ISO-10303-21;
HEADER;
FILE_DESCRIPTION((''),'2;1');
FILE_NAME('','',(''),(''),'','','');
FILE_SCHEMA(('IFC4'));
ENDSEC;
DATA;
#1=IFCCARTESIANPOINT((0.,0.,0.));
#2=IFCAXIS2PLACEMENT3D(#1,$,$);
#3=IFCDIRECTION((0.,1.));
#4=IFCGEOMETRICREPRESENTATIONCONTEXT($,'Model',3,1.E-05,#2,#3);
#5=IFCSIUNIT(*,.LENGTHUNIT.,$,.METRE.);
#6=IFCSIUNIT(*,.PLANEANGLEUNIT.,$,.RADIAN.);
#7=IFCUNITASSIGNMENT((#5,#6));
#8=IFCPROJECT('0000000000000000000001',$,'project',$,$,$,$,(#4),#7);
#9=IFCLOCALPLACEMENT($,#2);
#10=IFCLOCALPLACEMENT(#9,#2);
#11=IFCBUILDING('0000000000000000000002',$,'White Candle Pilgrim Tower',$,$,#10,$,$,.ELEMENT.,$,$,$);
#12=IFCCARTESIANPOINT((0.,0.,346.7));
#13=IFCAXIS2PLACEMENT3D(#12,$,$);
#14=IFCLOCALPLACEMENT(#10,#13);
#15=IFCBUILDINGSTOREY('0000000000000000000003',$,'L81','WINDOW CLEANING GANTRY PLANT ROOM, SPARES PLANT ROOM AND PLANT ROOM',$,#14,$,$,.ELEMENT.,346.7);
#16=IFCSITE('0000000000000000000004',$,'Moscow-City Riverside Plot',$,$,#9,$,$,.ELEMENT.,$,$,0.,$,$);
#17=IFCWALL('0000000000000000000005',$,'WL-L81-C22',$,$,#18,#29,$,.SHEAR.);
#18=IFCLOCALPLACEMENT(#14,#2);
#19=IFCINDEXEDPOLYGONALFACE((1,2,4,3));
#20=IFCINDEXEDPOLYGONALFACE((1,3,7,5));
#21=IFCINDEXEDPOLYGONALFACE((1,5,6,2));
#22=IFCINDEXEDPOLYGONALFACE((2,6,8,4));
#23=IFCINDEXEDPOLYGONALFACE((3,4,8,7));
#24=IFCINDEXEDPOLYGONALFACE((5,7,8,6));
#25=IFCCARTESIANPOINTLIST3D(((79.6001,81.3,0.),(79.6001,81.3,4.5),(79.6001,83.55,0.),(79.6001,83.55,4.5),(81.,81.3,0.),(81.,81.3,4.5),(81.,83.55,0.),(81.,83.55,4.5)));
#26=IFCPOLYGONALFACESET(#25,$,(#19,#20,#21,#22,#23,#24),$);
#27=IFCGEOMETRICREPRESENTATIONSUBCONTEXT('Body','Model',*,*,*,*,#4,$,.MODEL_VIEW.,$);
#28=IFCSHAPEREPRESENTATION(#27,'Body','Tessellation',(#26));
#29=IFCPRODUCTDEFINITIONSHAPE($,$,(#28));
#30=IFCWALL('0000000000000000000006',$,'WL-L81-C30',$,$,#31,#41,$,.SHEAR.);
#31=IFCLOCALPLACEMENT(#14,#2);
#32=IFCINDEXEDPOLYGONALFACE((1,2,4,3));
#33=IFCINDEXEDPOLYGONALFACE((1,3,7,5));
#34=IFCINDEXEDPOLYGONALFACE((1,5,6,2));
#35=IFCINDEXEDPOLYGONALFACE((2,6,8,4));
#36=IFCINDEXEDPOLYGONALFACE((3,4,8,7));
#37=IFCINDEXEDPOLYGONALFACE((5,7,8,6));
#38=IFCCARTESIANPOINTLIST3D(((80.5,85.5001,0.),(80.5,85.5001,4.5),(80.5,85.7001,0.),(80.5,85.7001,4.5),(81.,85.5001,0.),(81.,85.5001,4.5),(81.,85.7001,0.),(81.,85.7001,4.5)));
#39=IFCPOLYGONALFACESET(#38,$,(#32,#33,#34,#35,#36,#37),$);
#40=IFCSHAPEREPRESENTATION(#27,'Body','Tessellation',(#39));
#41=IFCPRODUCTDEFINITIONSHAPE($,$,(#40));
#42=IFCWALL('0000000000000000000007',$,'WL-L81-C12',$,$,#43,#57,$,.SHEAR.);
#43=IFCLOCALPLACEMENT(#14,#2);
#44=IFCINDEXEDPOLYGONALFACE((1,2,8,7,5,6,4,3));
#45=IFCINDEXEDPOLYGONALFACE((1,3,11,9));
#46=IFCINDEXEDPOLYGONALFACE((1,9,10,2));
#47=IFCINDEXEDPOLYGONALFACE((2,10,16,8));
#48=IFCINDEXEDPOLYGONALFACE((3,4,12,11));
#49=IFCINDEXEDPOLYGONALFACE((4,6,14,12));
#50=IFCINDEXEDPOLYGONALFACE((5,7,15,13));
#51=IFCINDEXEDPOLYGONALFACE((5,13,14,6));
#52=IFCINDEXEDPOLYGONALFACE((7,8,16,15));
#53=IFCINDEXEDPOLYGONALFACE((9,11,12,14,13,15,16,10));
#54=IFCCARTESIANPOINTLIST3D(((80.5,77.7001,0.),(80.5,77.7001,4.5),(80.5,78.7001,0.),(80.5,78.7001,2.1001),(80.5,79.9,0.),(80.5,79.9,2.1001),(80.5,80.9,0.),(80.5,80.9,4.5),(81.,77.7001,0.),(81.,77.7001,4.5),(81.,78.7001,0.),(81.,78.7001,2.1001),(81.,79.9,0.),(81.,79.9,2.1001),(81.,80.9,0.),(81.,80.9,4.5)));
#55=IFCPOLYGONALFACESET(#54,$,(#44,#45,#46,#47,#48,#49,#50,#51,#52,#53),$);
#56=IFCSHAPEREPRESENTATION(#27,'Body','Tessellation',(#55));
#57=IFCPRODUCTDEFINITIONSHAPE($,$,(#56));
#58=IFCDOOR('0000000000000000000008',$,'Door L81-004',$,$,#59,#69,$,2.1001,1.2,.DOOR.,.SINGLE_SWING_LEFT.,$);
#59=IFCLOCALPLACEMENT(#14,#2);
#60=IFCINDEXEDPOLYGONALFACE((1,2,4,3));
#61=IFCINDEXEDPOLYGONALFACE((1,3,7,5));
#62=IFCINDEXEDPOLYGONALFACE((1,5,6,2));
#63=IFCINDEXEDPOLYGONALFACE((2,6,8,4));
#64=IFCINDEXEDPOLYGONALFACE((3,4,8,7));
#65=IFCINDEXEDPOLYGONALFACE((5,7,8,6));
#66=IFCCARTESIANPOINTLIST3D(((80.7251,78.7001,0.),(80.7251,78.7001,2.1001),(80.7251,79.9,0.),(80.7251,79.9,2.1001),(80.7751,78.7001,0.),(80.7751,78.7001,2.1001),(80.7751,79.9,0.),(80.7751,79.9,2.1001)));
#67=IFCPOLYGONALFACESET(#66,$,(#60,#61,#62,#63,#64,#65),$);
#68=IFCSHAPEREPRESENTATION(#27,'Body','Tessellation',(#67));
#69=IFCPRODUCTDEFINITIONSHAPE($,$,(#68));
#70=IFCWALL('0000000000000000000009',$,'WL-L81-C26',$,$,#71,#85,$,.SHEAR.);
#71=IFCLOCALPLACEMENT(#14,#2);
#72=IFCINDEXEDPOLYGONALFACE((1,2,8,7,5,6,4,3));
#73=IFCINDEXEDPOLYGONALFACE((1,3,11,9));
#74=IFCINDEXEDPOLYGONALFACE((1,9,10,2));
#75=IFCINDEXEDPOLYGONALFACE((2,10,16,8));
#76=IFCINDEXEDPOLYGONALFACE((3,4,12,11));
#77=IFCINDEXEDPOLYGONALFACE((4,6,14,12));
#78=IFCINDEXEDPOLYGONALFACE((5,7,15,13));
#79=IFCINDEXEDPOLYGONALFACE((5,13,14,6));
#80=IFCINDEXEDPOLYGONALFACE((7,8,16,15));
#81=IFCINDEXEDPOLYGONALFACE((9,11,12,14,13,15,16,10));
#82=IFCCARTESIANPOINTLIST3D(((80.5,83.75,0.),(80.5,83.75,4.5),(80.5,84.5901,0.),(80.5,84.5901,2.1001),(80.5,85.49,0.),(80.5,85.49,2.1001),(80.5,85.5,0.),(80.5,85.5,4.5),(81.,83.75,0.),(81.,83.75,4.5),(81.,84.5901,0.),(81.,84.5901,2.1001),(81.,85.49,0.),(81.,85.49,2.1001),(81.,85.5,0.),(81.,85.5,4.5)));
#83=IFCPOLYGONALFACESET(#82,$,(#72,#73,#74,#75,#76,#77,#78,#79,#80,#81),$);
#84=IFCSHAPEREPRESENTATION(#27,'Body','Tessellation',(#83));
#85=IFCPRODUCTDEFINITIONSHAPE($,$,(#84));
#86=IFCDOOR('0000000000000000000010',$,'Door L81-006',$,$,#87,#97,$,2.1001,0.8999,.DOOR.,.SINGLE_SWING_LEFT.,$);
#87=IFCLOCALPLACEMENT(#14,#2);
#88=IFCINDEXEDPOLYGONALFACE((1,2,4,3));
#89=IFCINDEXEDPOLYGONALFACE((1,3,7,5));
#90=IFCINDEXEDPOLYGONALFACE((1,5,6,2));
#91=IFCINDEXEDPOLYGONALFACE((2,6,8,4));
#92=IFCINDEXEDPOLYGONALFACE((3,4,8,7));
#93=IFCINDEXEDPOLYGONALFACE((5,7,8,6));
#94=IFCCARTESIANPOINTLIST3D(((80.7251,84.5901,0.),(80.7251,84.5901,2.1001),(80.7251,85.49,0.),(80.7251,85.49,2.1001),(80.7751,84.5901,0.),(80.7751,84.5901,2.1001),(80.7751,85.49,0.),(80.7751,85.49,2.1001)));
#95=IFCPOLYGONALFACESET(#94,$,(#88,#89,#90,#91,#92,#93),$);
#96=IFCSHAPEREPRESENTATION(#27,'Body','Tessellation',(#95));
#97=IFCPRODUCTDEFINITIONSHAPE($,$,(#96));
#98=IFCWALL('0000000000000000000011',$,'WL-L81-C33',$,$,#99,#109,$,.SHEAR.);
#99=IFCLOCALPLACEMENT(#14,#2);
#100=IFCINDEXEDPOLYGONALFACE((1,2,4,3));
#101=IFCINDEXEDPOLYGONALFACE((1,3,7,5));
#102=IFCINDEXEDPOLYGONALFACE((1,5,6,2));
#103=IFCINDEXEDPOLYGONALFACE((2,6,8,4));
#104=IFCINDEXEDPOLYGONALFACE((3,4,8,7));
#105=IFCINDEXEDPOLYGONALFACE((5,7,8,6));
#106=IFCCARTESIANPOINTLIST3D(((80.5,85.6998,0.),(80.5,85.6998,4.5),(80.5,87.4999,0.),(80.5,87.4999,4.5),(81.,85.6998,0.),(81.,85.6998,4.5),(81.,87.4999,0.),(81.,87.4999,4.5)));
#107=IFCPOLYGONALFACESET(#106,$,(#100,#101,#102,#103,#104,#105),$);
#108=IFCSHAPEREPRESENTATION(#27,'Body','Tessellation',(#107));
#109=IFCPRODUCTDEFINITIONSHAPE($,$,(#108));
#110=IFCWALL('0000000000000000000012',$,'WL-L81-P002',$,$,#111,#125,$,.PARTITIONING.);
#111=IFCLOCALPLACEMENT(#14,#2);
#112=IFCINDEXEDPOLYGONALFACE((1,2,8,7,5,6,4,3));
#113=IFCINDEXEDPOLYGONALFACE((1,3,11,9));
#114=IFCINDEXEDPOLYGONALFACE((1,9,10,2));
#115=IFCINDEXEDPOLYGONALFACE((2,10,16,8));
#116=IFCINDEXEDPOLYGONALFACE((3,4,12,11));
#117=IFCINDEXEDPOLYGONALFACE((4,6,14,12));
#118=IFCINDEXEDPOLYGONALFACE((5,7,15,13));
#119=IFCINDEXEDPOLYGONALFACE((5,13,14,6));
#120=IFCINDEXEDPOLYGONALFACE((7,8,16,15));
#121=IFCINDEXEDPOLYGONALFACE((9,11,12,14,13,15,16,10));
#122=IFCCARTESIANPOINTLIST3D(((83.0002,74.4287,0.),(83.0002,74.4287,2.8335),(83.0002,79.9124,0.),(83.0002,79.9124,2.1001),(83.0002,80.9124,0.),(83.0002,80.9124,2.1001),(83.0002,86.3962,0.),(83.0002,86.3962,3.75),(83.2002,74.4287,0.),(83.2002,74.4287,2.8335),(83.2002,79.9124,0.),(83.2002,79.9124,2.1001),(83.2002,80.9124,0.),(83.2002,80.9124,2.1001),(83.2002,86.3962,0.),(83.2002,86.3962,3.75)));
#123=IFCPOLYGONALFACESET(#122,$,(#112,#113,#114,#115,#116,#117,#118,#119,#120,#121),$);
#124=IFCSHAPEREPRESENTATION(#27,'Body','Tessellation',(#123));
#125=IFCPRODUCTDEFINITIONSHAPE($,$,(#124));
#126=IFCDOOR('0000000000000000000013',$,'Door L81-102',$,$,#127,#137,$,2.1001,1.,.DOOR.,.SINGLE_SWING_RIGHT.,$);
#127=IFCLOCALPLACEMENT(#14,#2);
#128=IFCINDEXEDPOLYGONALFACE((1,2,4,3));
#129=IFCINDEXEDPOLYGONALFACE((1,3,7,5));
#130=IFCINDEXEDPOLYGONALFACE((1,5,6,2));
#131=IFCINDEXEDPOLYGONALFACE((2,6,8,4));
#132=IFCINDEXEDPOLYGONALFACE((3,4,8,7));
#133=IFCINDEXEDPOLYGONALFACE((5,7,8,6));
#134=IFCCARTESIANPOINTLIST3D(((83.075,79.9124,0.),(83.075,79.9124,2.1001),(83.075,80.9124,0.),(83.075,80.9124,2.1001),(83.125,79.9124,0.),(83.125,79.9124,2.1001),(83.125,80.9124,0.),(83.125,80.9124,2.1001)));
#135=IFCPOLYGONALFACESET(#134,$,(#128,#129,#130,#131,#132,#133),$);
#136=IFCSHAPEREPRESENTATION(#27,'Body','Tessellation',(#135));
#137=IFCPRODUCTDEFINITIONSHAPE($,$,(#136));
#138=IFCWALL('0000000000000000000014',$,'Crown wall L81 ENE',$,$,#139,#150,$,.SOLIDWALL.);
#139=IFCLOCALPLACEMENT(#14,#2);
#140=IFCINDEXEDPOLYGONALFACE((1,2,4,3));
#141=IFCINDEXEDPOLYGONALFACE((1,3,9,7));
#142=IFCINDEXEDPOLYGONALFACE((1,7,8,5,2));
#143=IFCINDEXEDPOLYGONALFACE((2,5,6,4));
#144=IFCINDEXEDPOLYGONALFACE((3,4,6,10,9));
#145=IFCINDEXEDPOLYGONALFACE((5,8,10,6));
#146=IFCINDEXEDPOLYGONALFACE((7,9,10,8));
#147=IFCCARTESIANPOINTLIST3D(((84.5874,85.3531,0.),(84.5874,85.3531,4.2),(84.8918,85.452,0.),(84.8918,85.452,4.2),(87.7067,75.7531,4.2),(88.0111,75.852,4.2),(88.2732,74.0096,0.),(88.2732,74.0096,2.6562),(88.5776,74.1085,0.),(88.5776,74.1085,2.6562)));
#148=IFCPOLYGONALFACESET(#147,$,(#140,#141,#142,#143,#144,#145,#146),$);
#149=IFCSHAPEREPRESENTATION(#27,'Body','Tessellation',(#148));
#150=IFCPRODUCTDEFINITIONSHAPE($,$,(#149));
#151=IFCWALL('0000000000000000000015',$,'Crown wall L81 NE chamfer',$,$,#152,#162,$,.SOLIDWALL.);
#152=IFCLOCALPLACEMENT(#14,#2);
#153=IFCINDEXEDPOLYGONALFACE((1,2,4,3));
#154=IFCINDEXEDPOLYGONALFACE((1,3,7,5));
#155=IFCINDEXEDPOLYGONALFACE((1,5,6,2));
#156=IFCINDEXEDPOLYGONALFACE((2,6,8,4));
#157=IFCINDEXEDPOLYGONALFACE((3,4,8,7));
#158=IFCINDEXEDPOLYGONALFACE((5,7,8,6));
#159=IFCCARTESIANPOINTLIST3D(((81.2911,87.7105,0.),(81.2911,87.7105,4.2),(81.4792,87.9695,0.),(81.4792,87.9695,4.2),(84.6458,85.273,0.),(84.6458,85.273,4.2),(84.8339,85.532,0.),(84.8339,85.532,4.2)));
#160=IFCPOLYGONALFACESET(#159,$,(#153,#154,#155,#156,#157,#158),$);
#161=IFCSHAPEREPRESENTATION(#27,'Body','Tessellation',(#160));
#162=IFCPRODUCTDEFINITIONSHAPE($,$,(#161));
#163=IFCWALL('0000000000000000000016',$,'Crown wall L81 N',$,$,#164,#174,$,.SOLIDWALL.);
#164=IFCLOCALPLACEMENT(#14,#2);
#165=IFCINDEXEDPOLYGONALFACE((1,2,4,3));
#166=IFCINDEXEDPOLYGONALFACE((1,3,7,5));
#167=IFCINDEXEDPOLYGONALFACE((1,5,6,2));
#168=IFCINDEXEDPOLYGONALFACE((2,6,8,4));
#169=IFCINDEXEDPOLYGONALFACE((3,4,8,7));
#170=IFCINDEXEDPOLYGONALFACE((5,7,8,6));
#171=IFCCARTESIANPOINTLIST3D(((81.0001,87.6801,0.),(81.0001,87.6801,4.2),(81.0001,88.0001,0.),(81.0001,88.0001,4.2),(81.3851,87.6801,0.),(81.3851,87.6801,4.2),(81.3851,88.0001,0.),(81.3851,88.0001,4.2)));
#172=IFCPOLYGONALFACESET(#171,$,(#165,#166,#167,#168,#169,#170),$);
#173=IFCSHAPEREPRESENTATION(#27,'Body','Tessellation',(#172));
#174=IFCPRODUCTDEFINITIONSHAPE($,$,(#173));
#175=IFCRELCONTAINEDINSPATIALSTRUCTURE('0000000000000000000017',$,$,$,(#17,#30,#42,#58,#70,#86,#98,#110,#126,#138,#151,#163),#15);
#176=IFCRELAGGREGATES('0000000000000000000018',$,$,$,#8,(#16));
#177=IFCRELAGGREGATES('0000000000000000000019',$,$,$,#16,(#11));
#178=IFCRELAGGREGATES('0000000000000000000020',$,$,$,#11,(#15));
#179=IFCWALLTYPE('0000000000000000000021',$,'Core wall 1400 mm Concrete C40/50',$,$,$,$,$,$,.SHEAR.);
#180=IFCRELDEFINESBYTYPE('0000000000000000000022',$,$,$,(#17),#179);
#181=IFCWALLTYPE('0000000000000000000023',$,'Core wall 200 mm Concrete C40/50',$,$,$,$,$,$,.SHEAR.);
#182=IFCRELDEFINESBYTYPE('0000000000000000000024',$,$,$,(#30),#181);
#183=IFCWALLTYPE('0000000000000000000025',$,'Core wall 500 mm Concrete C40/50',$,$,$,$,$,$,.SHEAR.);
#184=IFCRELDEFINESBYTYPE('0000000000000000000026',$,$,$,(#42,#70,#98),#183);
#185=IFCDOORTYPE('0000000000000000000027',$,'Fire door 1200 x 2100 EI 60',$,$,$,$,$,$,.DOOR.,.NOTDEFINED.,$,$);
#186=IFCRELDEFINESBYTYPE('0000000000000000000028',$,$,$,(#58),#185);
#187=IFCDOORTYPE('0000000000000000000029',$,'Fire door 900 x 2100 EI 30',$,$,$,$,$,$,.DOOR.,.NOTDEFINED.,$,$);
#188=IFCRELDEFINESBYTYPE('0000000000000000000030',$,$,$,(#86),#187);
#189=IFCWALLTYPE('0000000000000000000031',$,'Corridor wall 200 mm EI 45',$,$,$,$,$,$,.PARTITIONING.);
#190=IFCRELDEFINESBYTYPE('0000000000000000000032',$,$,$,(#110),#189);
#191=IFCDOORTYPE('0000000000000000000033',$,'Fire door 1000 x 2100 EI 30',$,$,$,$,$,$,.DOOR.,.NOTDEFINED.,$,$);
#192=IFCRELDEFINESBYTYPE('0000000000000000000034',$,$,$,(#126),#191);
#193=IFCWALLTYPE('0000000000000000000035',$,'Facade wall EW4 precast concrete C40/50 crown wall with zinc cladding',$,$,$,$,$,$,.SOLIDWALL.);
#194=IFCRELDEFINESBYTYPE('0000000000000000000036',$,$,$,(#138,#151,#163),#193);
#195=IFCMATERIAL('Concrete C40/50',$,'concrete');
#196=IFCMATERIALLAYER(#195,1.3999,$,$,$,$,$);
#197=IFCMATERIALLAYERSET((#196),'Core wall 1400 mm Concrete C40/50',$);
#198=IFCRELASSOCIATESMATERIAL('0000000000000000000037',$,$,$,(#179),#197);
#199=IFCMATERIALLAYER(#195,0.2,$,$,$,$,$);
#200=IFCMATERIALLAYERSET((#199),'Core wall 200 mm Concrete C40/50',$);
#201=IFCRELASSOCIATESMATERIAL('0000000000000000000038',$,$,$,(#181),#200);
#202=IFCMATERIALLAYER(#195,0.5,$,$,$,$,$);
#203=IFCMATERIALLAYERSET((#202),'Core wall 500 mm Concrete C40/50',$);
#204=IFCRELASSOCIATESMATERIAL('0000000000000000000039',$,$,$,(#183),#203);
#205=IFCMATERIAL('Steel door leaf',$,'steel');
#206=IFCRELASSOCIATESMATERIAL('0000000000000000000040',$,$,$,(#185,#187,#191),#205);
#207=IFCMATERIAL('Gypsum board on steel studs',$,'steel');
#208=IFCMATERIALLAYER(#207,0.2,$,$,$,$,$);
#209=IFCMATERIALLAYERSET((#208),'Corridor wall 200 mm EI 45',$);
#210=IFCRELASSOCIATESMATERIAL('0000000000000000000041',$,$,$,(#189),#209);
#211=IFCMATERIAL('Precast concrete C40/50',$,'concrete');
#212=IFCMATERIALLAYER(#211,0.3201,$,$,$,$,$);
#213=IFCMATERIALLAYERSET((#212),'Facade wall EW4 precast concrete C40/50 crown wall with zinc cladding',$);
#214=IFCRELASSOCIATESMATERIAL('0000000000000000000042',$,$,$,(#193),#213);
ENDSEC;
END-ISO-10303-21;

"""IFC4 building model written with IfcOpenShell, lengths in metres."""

from ifc_helpers import new_model, si_unit, direction, frame, frame_2d, origin, place, context, subcontext, project, spatial, polyline, rectangle, outline, extrude, material, layer, layer_set, type_object, element, fill, save


model = new_model("IFC4")

# Units and contexts
model_context = context("Model", 3, precision=1e-05, world=origin(), true_north=direction((0.0, 1.0)))
body_context = subcontext(model_context, "Body", "Model", "MODEL_VIEW")
ifc_project = project(units=[si_unit("LENGTHUNIT", "METRE"), si_unit("PLANEANGLEUNIT", "RADIAN")], contexts=[model_context])

# Site, building, storey
site_placement = place(None, origin())
site = spatial("IfcSite", under=ifc_project, at=site_placement, Name="Moscow-City Riverside Plot", CompositionType="ELEMENT", RefElevation=0.0)
building_placement = place(site_placement, origin())
building = spatial("IfcBuilding", under=site, at=building_placement, Name="White Candle Pilgrim Tower", CompositionType="ELEMENT")
storey_placement = place(building_placement, frame((0.0, 0.0, 346.7)))
storey = spatial("IfcBuildingStorey", under=building, at=storey_placement, Name="L81", Description="WINDOW CLEANING GANTRY PLANT ROOM, SPARES PLANT ROOM AND PLANT ROOM", CompositionType="ELEMENT", Elevation=346.7)

# Walls
ifc_material_1 = material(Name="Concrete C40/50", Category="concrete")
ifc_layer_1 = layer(ifc_material_1, 1.3999)
ifc_layer_set_1 = layer_set([ifc_layer_1], Name="Core wall 1400 mm Concrete C40/50")
wall_type_1 = type_object("IfcWallType", Name="Core wall 1400 mm Concrete C40/50", PredefinedType="SHEAR", material=ifc_layer_set_1)
wall_1_placement = place(storey_placement, frame((80.3, 81.3, 0.0), z_axis=(0.0, 0.0, 1.0), x_axis=(0.0, 1.0, 0.0)))
element("IfcWall", 1, at=wall_1_placement, inside=storey, type_object=wall_type_1, Name="WL-L81-C22", PredefinedType="SHEAR", context=body_context, shape_type="SweptSolid", body=[
    extrude(rectangle(XDim=2.25, YDim=1.3999, at=frame_2d((1.125, 0.0))), origin(), (0.0, 0.0, 1.0), 4.5),
])
ifc_layer_2 = layer(ifc_material_1, 0.2)
ifc_layer_set_2 = layer_set([ifc_layer_2], Name="Core wall 200 mm Concrete C40/50")
wall_type_2 = type_object("IfcWallType", Name="Core wall 200 mm Concrete C40/50", PredefinedType="SHEAR", material=ifc_layer_set_2)
wall_2_placement = place(storey_placement, frame((80.5, 85.6001, 0.0), z_axis=(0.0, 0.0, 1.0), x_axis=(1.0, 0.0, 0.0)))
element("IfcWall", 2, at=wall_2_placement, inside=storey, type_object=wall_type_2, Name="WL-L81-C30", PredefinedType="SHEAR", context=body_context, shape_type="SweptSolid", body=[
    extrude(rectangle(XDim=0.5, YDim=0.2, at=frame_2d((0.25, 0.0))), origin(), (0.0, 0.0, 1.0), 4.5),
])

# Walls, openings, doors
ifc_layer_3 = layer(ifc_material_1, 0.5)
ifc_layer_set_3 = layer_set([ifc_layer_3], Name="Core wall 500 mm Concrete C40/50")
wall_type_3 = type_object("IfcWallType", Name="Core wall 500 mm Concrete C40/50", PredefinedType="SHEAR", material=ifc_layer_set_3)
wall_3_placement = place(storey_placement, frame((80.75, 77.7, 0.0), z_axis=(0.0, 0.0, 1.0), x_axis=(0.0, 1.0, 0.0)))
wall_3 = element("IfcWall", 3, at=wall_3_placement, inside=storey, type_object=wall_type_3, Name="WL-L81-C12", PredefinedType="SHEAR", context=body_context, shape_type="SweptSolid", body=[
    extrude(rectangle(XDim=3.2, YDim=0.5, at=frame_2d((1.6001, 0.0))), origin(), (0.0, 0.0, 1.0), 4.5),
])
opening_1_placement = place(wall_3_placement, frame((1.0, 0.0, 0.0)))
opening_1 = element("IfcOpeningElement", 4, at=opening_1_placement, cuts=wall_3, PredefinedType="OPENING", context=body_context, shape_type="SweptSolid", body=[
    extrude(rectangle(XDim=1.2, YDim=2.1001, at=frame_2d((0.6001, 1.05))), frame((0.0, 0.26, 0.0), z_axis=(0.0, -1.0, 0.0), x_axis=(1.0, 0.0, 0.0)), (0.0, 0.0, 1.0), 0.52),
])
ifc_material_2 = material(Name="Steel door leaf", Category="steel")
door_type_1 = type_object("IfcDoorType", Name="Fire door 1200 x 2100 EI 60", OperationType="NOTDEFINED", PredefinedType="DOOR", material=ifc_material_2)
door_1_placement = place(opening_1_placement, origin())
door_1 = element("IfcDoor", 5, at=door_1_placement, inside=storey, type_object=door_type_1, Name="Door L81-004", OperationType="SINGLE_SWING_LEFT", OverallHeight=2.1001, OverallWidth=1.2, PredefinedType="DOOR", context=body_context, shape_type="SweptSolid", body=[
    extrude(rectangle(XDim=1.2, YDim=2.1001, at=frame_2d((0.6001, 1.05))), frame((0.0, 0.0249, 0.0), z_axis=(0.0, -1.0, 0.0), x_axis=(1.0, 0.0, 0.0)), (0.0, 0.0, 1.0), 0.05),
])
fill(opening_1, door_1)
wall_4_placement = place(storey_placement, frame((80.75, 83.75, 0.0), z_axis=(0.0, 0.0, 1.0), x_axis=(0.0, 1.0, 0.0)))
wall_4 = element("IfcWall", 6, at=wall_4_placement, inside=storey, type_object=wall_type_3, Name="WL-L81-C26", PredefinedType="SHEAR", context=body_context, shape_type="SweptSolid", body=[
    extrude(rectangle(XDim=1.75, YDim=0.5, at=frame_2d((0.875, 0.0))), origin(), (0.0, 0.0, 1.0), 4.5),
])
opening_2_placement = place(wall_4_placement, frame((0.8401, 0.0, 0.0)))
opening_2 = element("IfcOpeningElement", 7, at=opening_2_placement, cuts=wall_4, PredefinedType="OPENING", context=body_context, shape_type="SweptSolid", body=[
    extrude(rectangle(XDim=0.8999, YDim=2.1001, at=frame_2d((0.45, 1.05))), frame((0.0, 0.26, 0.0), z_axis=(0.0, -1.0, 0.0), x_axis=(1.0, 0.0, 0.0)), (0.0, 0.0, 1.0), 0.52),
])
door_type_2 = type_object("IfcDoorType", Name="Fire door 900 x 2100 EI 30", OperationType="NOTDEFINED", PredefinedType="DOOR", material=ifc_material_2)
door_2_placement = place(opening_2_placement, origin())
door_2 = element("IfcDoor", 8, at=door_2_placement, inside=storey, type_object=door_type_2, Name="Door L81-006", OperationType="SINGLE_SWING_LEFT", OverallHeight=2.1001, OverallWidth=0.8999, PredefinedType="DOOR", context=body_context, shape_type="SweptSolid", body=[
    extrude(rectangle(XDim=0.8999, YDim=2.1001, at=frame_2d((0.45, 1.05))), frame((0.0, 0.0249, 0.0), z_axis=(0.0, -1.0, 0.0), x_axis=(1.0, 0.0, 0.0)), (0.0, 0.0, 1.0), 0.05),
])
fill(opening_2, door_2)

# Wall
wall_5_placement = place(storey_placement, frame((80.75, 85.7, 0.0), z_axis=(0.0, 0.0, 1.0), x_axis=(0.0, 1.0, 0.0)))
element("IfcWall", 9, at=wall_5_placement, inside=storey, type_object=wall_type_3, Name="WL-L81-C33", PredefinedType="SHEAR", context=body_context, shape_type="SweptSolid", body=[
    extrude(rectangle(XDim=1.8, YDim=0.5, at=frame_2d((0.8999, 0.0))), origin(), (0.0, 0.0, 1.0), 4.5),
])

# Wall, opening, door
ifc_material_3 = material(Name="Gypsum board on steel studs", Category="steel")
ifc_layer_4 = layer(ifc_material_3, 0.2)
ifc_layer_set_4 = layer_set([ifc_layer_4], Name="Corridor wall 200 mm EI 45")
wall_type_4 = type_object("IfcWallType", Name="Corridor wall 200 mm EI 45", PredefinedType="PARTITIONING", material=ifc_layer_set_4)
wall_6_placement = place(storey_placement, frame((83.1001, 86.3962, 0.0), z_axis=(0.0, 0.0, 1.0), x_axis=(0.0, -1.0, 0.0)))
wall_6 = element("IfcWall", 10, at=wall_6_placement, inside=storey, type_object=wall_type_4, Name="WL-L81-P002", PredefinedType="PARTITIONING", context=body_context, shape_type="SweptSolid", body=[
    extrude(outline(polyline([(0.0, 0.0), (11.9675, 0.0), (11.9675, 2.8335), (0.0, 3.75), (0.0, 0.0)])), frame((0.0, 0.1001, 0.0), z_axis=(0.0, -1.0, 0.0), x_axis=(1.0, 0.0, 0.0)), (0.0, 0.0, 1.0), 0.2),
])
opening_3_placement = place(wall_6_placement, frame((5.4839, 0.0, 0.0)))
opening_3 = element("IfcOpeningElement", 11, at=opening_3_placement, cuts=wall_6, PredefinedType="OPENING", context=body_context, shape_type="SweptSolid", body=[
    extrude(rectangle(XDim=1.0, YDim=2.1001, at=frame_2d((0.5, 1.05))), frame((0.0, 0.1099, 0.0), z_axis=(0.0, -1.0, 0.0), x_axis=(1.0, 0.0, 0.0)), (0.0, 0.0, 1.0), 0.22),
])
door_type_3 = type_object("IfcDoorType", Name="Fire door 1000 x 2100 EI 30", OperationType="NOTDEFINED", PredefinedType="DOOR", material=ifc_material_2)
door_3_placement = place(opening_3_placement, origin())
door_3 = element("IfcDoor", 12, at=door_3_placement, inside=storey, type_object=door_type_3, Name="Door L81-102", OperationType="SINGLE_SWING_RIGHT", OverallHeight=2.1001, OverallWidth=1.0, PredefinedType="DOOR", context=body_context, shape_type="SweptSolid", body=[
    extrude(rectangle(XDim=1.0, YDim=2.1001, at=frame_2d((0.5, 1.05))), frame((0.0, 0.0249, 0.0), z_axis=(0.0, -1.0, 0.0), x_axis=(1.0, 0.0, 0.0)), (0.0, 0.0, 1.0), 0.05),
])
fill(opening_3, door_3)

# Walls
ifc_material_4 = material(Name="Precast concrete C40/50", Category="concrete")
ifc_layer_5 = layer(ifc_material_4, 0.3201)
ifc_layer_set_5 = layer_set([ifc_layer_5], Name="Facade wall EW4 precast concrete C40/50 crown wall with zinc cladding")
wall_type_5 = type_object("IfcWallType", Name="Facade wall EW4 precast concrete C40/50 crown wall with zinc cladding", PredefinedType="SOLIDWALL", material=ifc_layer_set_5)
wall_7_placement = place(storey_placement, frame((88.4255, 74.0591, 0.0), z_axis=(0.0, 0.0, 1.0), x_axis=(-0.309022, 0.951055, 0.0)))
element("IfcWall", 13, at=wall_7_placement, inside=storey, type_object=wall_type_5, Name="Crown wall L81 ENE", PredefinedType="SOLIDWALL", context=body_context, shape_type="SweptSolid", body=[
    extrude(outline(polyline([(0.0, 0.0), (11.9272, 0.0), (11.9272, 4.2), (1.8333, 4.2), (0.0, 2.6562), (0.0, 0.0)])), frame((0.0, 0.1602, 0.0), z_axis=(0.0, -1.0, 0.0), x_axis=(1.0, 0.0, 0.0)), (0.0, 0.0, 1.0), 0.3201),
])
wall_8_placement = place(storey_placement, frame((84.7397, 85.4026, 0.0), z_axis=(0.0, 0.0, 1.0), x_axis=(-0.809001, 0.587808, 0.0)))
element("IfcWall", 14, at=wall_8_placement, inside=storey, type_object=wall_type_5, Name="Crown wall L81 NE chamfer", PredefinedType="SOLIDWALL", context=body_context, shape_type="SweptSolid", body=[
    extrude(rectangle(XDim=4.1467, YDim=0.3201, at=frame_2d((2.0732, 0.0))), origin(), (0.0, 0.0, 1.0), 4.2),
])
wall_9_placement = place(storey_placement, frame((81.385, 87.8401, 0.0), z_axis=(0.0, 0.0, 1.0), x_axis=(-1.0, 0.0, 0.0)))
element("IfcWall", 15, at=wall_9_placement, inside=storey, type_object=wall_type_5, Name="Crown wall L81 N", PredefinedType="SOLIDWALL", context=body_context, shape_type="SweptSolid", body=[
    extrude(rectangle(XDim=0.385, YDim=0.3201, at=frame_2d((0.1924, 0.0))), origin(), (0.0, 0.0, 1.0), 4.2),
])

save(model, "model.ifc")
